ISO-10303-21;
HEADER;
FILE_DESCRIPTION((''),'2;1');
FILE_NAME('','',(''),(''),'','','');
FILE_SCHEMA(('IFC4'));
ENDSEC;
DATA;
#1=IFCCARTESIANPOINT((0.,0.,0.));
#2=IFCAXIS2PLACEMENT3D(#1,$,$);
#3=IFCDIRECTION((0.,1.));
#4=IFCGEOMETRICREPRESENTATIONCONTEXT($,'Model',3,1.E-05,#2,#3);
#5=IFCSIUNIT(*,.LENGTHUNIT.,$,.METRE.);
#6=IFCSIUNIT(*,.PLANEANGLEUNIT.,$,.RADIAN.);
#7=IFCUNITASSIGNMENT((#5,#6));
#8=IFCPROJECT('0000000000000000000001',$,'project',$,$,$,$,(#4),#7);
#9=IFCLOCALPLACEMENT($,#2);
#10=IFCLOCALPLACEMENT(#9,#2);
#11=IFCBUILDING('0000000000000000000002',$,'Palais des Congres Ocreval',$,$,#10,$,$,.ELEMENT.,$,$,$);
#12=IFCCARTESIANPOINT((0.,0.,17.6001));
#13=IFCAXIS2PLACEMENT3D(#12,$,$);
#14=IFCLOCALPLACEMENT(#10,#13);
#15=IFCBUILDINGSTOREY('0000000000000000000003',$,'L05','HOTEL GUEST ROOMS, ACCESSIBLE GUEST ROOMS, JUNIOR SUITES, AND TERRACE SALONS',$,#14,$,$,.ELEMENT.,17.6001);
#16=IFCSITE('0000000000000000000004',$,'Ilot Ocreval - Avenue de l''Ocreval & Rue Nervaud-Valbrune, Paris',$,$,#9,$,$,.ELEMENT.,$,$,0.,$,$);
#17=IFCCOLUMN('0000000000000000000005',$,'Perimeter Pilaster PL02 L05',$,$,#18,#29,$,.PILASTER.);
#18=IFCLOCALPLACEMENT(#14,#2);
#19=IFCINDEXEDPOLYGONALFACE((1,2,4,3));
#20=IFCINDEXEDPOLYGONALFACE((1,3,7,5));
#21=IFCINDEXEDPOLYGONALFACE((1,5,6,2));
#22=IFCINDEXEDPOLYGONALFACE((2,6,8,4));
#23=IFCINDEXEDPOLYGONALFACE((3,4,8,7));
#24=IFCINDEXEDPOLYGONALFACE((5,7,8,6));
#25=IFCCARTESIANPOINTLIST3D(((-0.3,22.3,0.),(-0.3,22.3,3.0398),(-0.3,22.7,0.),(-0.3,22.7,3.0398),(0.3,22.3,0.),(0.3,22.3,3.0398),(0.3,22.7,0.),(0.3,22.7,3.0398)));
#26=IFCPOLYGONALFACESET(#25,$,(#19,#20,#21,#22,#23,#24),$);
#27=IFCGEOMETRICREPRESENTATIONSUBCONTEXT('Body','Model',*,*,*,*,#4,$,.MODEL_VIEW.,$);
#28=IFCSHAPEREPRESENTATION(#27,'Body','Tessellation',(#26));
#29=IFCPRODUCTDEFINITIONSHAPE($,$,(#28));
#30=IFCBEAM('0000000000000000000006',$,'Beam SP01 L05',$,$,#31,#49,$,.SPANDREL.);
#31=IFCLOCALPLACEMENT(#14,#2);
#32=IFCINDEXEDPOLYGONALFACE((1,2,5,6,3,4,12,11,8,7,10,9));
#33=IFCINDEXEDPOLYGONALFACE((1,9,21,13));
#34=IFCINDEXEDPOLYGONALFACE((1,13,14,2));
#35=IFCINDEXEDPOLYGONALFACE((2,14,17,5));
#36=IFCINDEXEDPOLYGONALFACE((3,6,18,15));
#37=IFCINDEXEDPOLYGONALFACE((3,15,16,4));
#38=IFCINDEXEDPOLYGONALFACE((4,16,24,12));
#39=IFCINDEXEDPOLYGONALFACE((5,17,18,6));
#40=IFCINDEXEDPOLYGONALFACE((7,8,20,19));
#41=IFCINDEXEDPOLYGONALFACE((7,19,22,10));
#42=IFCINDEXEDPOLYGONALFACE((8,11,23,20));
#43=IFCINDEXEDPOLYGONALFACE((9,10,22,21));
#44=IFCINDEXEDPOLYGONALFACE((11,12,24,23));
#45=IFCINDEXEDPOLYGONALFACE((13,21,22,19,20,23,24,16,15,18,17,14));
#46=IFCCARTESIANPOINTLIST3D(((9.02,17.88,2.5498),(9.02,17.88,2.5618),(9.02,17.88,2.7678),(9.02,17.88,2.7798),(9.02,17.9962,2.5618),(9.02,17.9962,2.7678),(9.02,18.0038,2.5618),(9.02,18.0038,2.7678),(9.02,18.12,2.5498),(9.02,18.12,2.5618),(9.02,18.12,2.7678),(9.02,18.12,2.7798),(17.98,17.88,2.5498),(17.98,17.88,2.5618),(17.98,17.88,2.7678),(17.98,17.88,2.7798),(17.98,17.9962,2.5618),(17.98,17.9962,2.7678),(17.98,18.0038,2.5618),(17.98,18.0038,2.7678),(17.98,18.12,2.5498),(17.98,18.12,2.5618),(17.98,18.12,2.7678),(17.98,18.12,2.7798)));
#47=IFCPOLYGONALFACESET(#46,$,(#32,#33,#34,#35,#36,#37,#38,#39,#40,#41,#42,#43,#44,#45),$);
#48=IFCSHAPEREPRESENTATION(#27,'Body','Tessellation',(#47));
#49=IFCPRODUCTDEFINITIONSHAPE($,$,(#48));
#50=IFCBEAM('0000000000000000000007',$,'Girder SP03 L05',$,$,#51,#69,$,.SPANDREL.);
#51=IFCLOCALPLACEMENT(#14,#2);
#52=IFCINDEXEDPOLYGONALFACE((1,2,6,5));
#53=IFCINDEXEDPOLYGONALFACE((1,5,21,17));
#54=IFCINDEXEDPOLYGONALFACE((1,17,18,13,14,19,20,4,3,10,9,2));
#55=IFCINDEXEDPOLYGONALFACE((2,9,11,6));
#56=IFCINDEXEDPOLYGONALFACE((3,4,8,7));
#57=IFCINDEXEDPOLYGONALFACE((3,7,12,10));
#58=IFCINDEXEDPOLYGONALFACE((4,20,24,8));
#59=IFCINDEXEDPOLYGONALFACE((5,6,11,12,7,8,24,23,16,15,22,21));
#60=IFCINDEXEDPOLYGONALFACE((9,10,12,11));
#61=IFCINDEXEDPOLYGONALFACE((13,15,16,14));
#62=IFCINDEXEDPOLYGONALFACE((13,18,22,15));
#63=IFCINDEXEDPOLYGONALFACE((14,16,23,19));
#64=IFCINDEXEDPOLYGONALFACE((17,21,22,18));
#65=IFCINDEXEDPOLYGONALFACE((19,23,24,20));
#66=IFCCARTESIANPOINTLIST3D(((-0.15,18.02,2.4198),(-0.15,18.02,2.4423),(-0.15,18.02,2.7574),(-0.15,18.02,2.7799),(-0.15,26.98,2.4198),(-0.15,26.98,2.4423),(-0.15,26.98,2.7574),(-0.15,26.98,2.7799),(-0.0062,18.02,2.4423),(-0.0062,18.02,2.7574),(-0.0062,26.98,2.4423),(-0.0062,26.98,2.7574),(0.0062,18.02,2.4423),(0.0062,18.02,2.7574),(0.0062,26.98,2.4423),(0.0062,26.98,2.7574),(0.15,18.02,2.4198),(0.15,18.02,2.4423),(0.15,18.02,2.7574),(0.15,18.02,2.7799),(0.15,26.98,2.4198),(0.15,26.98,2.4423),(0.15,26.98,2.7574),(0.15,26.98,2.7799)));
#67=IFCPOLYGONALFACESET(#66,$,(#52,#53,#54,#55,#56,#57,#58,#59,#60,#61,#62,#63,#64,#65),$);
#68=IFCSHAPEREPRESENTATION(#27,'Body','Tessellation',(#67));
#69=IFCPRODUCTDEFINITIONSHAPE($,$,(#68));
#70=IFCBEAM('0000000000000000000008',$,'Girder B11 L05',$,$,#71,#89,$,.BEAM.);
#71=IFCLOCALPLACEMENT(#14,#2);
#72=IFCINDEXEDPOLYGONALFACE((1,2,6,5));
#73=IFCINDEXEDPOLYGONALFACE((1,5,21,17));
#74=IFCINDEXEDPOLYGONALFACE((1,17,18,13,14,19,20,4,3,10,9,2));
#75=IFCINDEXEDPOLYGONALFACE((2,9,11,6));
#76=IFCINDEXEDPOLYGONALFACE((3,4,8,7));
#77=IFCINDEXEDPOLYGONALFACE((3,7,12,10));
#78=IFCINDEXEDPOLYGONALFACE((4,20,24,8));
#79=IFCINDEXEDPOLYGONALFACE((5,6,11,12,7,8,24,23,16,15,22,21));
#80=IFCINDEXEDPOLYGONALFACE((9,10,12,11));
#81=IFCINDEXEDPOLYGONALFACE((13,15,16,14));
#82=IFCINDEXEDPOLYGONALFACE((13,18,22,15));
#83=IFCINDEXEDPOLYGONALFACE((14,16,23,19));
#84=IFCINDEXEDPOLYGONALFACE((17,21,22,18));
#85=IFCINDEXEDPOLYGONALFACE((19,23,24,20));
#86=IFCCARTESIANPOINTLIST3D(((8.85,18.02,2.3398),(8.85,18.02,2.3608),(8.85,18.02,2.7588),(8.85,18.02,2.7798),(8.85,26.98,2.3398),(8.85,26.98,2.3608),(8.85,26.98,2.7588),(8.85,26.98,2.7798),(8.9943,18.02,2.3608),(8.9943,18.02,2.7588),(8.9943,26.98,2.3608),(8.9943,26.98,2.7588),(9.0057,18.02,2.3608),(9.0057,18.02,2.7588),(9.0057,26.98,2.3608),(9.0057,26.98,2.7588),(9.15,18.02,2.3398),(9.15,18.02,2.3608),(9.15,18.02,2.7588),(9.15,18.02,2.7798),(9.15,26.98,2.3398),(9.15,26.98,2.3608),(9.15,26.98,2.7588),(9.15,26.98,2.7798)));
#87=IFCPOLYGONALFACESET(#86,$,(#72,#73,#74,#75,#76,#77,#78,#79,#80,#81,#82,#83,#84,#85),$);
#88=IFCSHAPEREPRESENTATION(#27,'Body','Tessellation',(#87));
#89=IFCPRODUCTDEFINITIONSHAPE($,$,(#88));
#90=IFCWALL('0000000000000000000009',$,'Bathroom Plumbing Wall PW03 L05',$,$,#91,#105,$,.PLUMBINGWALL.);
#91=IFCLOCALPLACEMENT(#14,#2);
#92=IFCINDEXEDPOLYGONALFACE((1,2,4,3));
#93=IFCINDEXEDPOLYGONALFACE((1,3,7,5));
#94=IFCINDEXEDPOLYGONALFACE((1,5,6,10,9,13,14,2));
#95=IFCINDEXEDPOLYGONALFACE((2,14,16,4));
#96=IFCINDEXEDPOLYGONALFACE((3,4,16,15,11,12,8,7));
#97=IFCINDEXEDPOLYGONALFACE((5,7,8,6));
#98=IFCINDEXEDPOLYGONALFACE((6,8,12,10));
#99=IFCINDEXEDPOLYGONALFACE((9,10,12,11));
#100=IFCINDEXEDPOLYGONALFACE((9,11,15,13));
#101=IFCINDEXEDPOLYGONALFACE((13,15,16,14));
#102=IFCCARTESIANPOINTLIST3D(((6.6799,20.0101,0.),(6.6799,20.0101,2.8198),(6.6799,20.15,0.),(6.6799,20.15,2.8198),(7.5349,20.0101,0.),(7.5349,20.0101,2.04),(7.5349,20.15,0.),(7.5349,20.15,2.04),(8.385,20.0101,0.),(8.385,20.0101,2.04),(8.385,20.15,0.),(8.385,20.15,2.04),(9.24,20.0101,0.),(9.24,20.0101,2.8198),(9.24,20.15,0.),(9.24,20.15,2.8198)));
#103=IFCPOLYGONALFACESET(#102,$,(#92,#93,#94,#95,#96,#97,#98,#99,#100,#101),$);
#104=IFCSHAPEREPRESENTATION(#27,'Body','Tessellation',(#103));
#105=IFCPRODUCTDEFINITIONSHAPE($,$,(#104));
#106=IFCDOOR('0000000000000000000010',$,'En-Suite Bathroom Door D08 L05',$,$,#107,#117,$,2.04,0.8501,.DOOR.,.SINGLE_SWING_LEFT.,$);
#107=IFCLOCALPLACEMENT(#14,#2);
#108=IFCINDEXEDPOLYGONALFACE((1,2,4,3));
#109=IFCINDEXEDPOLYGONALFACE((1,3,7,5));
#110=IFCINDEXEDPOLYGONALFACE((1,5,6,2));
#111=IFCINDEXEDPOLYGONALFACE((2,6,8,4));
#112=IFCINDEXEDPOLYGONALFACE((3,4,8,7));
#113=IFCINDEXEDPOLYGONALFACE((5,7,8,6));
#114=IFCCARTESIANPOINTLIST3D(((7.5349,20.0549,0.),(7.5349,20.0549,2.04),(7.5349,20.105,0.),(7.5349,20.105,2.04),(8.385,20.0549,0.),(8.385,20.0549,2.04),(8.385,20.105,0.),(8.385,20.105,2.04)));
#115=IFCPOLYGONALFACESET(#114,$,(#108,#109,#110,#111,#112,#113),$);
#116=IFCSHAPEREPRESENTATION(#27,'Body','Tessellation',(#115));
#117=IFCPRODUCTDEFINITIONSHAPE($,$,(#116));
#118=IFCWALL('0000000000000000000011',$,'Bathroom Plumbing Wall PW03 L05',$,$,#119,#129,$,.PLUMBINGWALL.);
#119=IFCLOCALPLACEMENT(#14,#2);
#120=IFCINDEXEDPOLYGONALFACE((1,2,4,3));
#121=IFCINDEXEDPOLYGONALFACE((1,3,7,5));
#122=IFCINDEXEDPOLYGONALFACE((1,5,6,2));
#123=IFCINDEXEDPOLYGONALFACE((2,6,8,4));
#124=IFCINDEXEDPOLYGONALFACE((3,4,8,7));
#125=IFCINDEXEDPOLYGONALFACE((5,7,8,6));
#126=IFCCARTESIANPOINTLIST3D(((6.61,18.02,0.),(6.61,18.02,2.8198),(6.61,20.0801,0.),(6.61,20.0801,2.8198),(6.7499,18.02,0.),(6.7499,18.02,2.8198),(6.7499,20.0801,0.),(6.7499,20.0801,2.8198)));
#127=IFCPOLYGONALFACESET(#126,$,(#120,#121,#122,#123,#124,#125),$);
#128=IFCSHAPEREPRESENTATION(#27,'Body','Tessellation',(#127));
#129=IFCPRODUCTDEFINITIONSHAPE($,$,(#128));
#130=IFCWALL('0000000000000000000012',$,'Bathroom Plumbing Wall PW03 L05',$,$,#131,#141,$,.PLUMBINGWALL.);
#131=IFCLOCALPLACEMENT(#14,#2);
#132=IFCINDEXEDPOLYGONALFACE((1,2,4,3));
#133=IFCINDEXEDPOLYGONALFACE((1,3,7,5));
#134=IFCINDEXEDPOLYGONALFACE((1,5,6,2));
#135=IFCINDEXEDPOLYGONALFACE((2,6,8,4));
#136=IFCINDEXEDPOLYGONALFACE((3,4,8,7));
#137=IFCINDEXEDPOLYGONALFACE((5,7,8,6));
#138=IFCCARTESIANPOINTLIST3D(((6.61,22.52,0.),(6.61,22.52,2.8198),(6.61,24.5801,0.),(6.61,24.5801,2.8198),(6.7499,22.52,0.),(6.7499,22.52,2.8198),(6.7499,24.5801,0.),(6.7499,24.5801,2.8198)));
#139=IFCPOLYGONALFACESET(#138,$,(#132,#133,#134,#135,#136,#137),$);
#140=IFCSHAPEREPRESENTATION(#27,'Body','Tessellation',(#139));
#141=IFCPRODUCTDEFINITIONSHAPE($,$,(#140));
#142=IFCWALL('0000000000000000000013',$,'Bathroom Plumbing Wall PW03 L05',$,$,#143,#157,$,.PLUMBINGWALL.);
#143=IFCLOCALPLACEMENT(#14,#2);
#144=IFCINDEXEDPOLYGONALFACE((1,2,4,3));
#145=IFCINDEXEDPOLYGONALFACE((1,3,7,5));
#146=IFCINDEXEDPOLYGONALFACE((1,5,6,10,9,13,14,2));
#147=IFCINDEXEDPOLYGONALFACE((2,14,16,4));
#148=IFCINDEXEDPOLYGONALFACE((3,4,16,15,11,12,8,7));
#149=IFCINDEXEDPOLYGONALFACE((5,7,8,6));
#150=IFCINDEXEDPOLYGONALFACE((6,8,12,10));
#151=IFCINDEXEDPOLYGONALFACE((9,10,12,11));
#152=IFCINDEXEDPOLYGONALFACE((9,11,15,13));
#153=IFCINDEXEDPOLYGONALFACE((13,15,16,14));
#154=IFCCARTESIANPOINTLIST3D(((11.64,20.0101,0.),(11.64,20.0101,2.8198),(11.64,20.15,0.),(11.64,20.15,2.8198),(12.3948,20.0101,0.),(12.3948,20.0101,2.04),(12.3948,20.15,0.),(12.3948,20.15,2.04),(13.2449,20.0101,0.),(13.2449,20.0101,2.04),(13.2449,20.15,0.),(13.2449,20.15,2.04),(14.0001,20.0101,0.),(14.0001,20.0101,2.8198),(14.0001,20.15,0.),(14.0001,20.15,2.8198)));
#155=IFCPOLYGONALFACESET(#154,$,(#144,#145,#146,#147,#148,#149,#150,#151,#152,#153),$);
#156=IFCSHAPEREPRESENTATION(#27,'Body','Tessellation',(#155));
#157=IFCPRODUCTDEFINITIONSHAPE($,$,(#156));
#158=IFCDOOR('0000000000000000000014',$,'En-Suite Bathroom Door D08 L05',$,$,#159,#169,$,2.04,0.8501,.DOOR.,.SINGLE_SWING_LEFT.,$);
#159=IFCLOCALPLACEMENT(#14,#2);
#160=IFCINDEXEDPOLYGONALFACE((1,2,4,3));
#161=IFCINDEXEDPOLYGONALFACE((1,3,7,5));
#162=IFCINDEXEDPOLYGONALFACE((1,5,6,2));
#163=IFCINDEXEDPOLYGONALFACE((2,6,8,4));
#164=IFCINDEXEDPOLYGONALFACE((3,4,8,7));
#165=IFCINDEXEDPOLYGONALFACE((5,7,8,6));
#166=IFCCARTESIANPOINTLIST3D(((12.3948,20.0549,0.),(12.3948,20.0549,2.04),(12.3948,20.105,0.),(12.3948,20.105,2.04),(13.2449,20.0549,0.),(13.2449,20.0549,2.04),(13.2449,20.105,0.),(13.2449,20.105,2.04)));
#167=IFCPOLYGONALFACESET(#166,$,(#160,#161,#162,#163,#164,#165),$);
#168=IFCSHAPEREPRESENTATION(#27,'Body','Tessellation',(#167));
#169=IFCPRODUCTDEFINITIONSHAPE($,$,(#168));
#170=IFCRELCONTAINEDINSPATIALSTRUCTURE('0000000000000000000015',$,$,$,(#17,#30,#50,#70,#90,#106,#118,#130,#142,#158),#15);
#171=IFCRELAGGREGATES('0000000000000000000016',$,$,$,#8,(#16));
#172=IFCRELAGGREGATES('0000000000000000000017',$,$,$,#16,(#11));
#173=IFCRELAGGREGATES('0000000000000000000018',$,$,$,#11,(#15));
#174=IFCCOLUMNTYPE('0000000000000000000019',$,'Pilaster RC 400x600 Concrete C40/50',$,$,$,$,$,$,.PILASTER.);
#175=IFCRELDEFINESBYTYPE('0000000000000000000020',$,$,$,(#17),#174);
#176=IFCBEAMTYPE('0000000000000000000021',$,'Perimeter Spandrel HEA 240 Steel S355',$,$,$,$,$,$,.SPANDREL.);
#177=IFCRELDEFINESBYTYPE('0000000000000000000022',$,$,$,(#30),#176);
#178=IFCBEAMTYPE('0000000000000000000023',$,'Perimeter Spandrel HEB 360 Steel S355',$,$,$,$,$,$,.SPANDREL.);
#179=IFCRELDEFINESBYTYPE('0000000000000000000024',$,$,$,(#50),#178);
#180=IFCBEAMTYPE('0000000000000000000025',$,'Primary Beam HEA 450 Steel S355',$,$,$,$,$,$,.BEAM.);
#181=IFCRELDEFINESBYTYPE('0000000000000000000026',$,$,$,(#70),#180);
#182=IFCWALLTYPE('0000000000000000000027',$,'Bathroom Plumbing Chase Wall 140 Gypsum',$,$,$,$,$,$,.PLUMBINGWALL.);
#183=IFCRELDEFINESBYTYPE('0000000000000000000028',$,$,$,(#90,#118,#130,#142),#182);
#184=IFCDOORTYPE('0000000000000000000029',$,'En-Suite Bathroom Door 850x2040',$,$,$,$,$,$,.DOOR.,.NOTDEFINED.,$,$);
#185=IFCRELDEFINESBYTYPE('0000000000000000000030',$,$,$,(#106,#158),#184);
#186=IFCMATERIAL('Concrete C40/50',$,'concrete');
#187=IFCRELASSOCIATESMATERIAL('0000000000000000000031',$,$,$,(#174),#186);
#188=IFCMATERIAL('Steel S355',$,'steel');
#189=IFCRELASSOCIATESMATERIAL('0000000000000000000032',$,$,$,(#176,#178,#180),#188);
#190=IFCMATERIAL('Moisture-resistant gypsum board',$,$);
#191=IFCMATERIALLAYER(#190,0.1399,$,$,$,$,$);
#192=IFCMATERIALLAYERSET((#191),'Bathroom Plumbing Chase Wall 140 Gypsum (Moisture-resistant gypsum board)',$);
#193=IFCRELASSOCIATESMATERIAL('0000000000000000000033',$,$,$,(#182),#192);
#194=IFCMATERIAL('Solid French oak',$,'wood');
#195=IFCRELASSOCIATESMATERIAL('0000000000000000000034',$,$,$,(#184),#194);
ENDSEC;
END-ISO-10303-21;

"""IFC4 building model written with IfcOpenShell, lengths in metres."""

from ifc_helpers import new_model, si_unit, direction, frame, frame_2d, origin, origin_2d, place, context, subcontext, project, spatial, rectangle, i_section, extrude, material, layer, layer_set, material_profile, profile_set, type_object, element, fill, save


model = new_model("IFC4")

# Units and contexts
model_context = context("Model", 3, precision=1e-05, world=origin(), true_north=direction((0.0, 1.0)))
body_context = subcontext(model_context, "Body", "Model", "MODEL_VIEW")
ifc_project = project(units=[si_unit("LENGTHUNIT", "METRE"), si_unit("PLANEANGLEUNIT", "RADIAN")], contexts=[model_context])

# Site, building, storey
site_placement = place(None, origin())
site = spatial("IfcSite", under=ifc_project, at=site_placement, Name="Ilot Ocreval - Avenue de l'Ocreval & Rue Nervaud-Valbrune, Paris", CompositionType="ELEMENT", RefElevation=0.0)
building_placement = place(site_placement, origin())
building = spatial("IfcBuilding", under=site, at=building_placement, Name="Palais des Congres Ocreval", CompositionType="ELEMENT")
storey_placement = place(building_placement, frame((0.0, 0.0, 17.6001)))
storey = spatial("IfcBuildingStorey", under=building, at=storey_placement, Name="L05", Description="HOTEL GUEST ROOMS, ACCESSIBLE GUEST ROOMS, JUNIOR SUITES, AND TERRACE SALONS", CompositionType="ELEMENT", Elevation=17.6001)

# Column
ifc_material_1 = material(Name="Concrete C40/50", Category="concrete")
ifc_material_profile_1 = material_profile(ifc_material_1, rectangle(XDim=0.3999, YDim=0.6001, at=origin_2d()), Name="RC 400x600")
ifc_profile_set_1 = profile_set([ifc_material_profile_1], Name="Concrete C40/50")
column_type = type_object("IfcColumnType", Name="Pilaster RC 400x600 Concrete C40/50", PredefinedType="PILASTER", material=ifc_profile_set_1)
column_placement = place(storey_placement, frame((0.0, 22.5, 0.0), z_axis=(0.0, 0.0, 1.0), x_axis=(0.0, 1.0, 0.0)))
element("IfcColumn", 1, at=column_placement, inside=storey, type_object=column_type, Name="Perimeter Pilaster PL02 L05", PredefinedType="PILASTER", context=body_context, shape_type="SweptSolid", body=[
    extrude(rectangle(XDim=0.3999, YDim=0.6001, at=origin_2d()), origin(), (0.0, 0.0, 1.0), 3.0398),
])

# Beams
ifc_material_2 = material(Name="Steel S355", Category="steel")
ifc_material_profile_2 = material_profile(ifc_material_2, i_section(OverallWidth=0.24, OverallDepth=0.23, WebThickness=0.0076, FlangeThickness=0.012, at=origin_2d()), Name="HEA 240")
ifc_profile_set_2 = profile_set([ifc_material_profile_2], Name="Steel S355")
beam_type_1 = type_object("IfcBeamType", Name="Perimeter Spandrel HEA 240 Steel S355", PredefinedType="SPANDREL", material=ifc_profile_set_2)
beam_1_placement = place(storey_placement, frame((9.02, 18.0, 2.6648), z_axis=(1.0, 0.0, 0.0), x_axis=(0.0, 1.0, 0.0)))
element("IfcBeam", 2, at=beam_1_placement, inside=storey, type_object=beam_type_1, Name="Beam SP01 L05", PredefinedType="SPANDREL", context=body_context, shape_type="SweptSolid", body=[
    extrude(i_section(OverallWidth=0.24, OverallDepth=0.23, WebThickness=0.0076, FlangeThickness=0.012, at=origin_2d()), origin(), (0.0, 0.0, 1.0), 8.96),
])
ifc_material_profile_3 = material_profile(ifc_material_2, i_section(OverallWidth=0.3, OverallDepth=0.3601, WebThickness=0.0125, FlangeThickness=0.0225, at=origin_2d()), Name="HEB 360")
ifc_profile_set_3 = profile_set([ifc_material_profile_3], Name="Steel S355")
beam_type_2 = type_object("IfcBeamType", Name="Perimeter Spandrel HEB 360 Steel S355", PredefinedType="SPANDREL", material=ifc_profile_set_3)
beam_2_placement = place(storey_placement, frame((0.0, 18.02, 2.5999), z_axis=(0.0, 1.0, 0.0), x_axis=(-1.0, 0.0, 0.0)))
element("IfcBeam", 3, at=beam_2_placement, inside=storey, type_object=beam_type_2, Name="Girder SP03 L05", PredefinedType="SPANDREL", context=body_context, shape_type="SweptSolid", body=[
    extrude(i_section(OverallWidth=0.3, OverallDepth=0.3601, WebThickness=0.0125, FlangeThickness=0.0225, at=origin_2d()), origin(), (0.0, 0.0, 1.0), 8.96),
])
ifc_material_profile_4 = material_profile(ifc_material_2, i_section(OverallWidth=0.3, OverallDepth=0.4399, WebThickness=0.0115, FlangeThickness=0.021, at=origin_2d()), Name="HEA 450")
ifc_profile_set_4 = profile_set([ifc_material_profile_4], Name="Steel S355")
beam_type_3 = type_object("IfcBeamType", Name="Primary Beam HEA 450 Steel S355", PredefinedType="BEAM", material=ifc_profile_set_4)
beam_3_placement = place(storey_placement, frame((9.0, 18.02, 2.5598), z_axis=(0.0, 1.0, 0.0), x_axis=(-1.0, 0.0, 0.0)))
element("IfcBeam", 4, at=beam_3_placement, inside=storey, type_object=beam_type_3, Name="Girder B11 L05", PredefinedType="BEAM", context=body_context, shape_type="SweptSolid", body=[
    extrude(i_section(OverallWidth=0.3, OverallDepth=0.4399, WebThickness=0.0115, FlangeThickness=0.021, at=origin_2d()), origin(), (0.0, 0.0, 1.0), 8.96),
])

# Wall, opening, door
ifc_material_3 = material(Name="Moisture-resistant gypsum board")
ifc_layer_1 = layer(ifc_material_3, 0.1399)
ifc_layer_set_1 = layer_set([ifc_layer_1], Name="Bathroom Plumbing Chase Wall 140 Gypsum (Moisture-resistant gypsum board)")
wall_type_1 = type_object("IfcWallType", Name="Bathroom Plumbing Chase Wall 140 Gypsum", PredefinedType="PLUMBINGWALL", material=ifc_layer_set_1)
wall_1_placement = place(storey_placement, frame((6.6799, 20.0801, 0.0), z_axis=(0.0, 0.0, 1.0), x_axis=(1.0, 0.0, 0.0)))
wall_1 = element("IfcWall", 5, at=wall_1_placement, inside=storey, type_object=wall_type_1, Name="Bathroom Plumbing Wall PW03 L05", PredefinedType="PLUMBINGWALL", context=body_context, shape_type="SweptSolid", body=[
    extrude(rectangle(XDim=2.5601, YDim=0.1399, at=frame_2d((1.28, 0.0))), origin(), (0.0, 0.0, 1.0), 2.8198),
])
opening_1_placement = place(wall_1_placement, frame((0.855, 0.0, 0.0)))
opening_1 = element("IfcOpeningElement", 6, at=opening_1_placement, cuts=wall_1, PredefinedType="OPENING", context=body_context, shape_type="SweptSolid", body=[
    extrude(rectangle(XDim=0.8501, YDim=2.04, at=frame_2d((0.425, 1.02))), frame((0.0, 0.0798, 0.0), z_axis=(0.0, -1.0, 0.0), x_axis=(1.0, 0.0, 0.0)), (0.0, 0.0, 1.0), 0.1599),
])
ifc_material_4 = material(Name="Solid French oak", Category="wood")
door_type_1 = type_object("IfcDoorType", Name="En-Suite Bathroom Door 850x2040", OperationType="NOTDEFINED", PredefinedType="DOOR", material=ifc_material_4)
door_1_placement = place(opening_1_placement, origin())
door_1 = element("IfcDoor", 7, at=door_1_placement, inside=storey, type_object=door_type_1, Name="En-Suite Bathroom Door D08 L05", OperationType="SINGLE_SWING_LEFT", OverallHeight=2.04, OverallWidth=0.8501, PredefinedType="DOOR", context=body_context, shape_type="SweptSolid", body=[
    extrude(rectangle(XDim=0.8501, YDim=2.04, at=frame_2d((0.425, 1.02))), frame((0.0, 0.0249, 0.0), z_axis=(0.0, -1.0, 0.0), x_axis=(1.0, 0.0, 0.0)), (0.0, 0.0, 1.0), 0.05),
])
fill(opening_1, door_1)

# Walls
for number, where, z_axis, x_axis, name in (
    (8, (6.6799, 18.02, 0.0), (0.0, 0.0, 1.0), (0.0, 1.0, 0.0), "Bathroom Plumbing Wall PW03 L05"),
    (9, (6.6799, 22.52, 0.0), (0.0, 0.0, 1.0), (0.0, 1.0, 0.0), "Bathroom Plumbing Wall PW03 L05"),
):
    element("IfcWall", number, at=place(storey_placement, frame(where, z_axis=z_axis, x_axis=x_axis)), inside=storey, type_object=wall_type_1, Name=name, PredefinedType="PLUMBINGWALL", context=body_context, shape_type="SweptSolid", body=[
        extrude(rectangle(XDim=2.0601, YDim=0.1399, at=frame_2d((1.03, 0.0))), origin(), (0.0, 0.0, 1.0), 2.8198),
    ])

# Wall, opening, door
wall_2_placement = place(storey_placement, frame((11.6399, 20.0801, 0.0), z_axis=(0.0, 0.0, 1.0), x_axis=(1.0, 0.0, 0.0)))
wall_2 = element("IfcWall", 10, at=wall_2_placement, inside=storey, type_object=wall_type_1, Name="Bathroom Plumbing Wall PW03 L05", PredefinedType="PLUMBINGWALL", context=body_context, shape_type="SweptSolid", body=[
    extrude(rectangle(XDim=2.3601, YDim=0.1399, at=frame_2d((1.1802, 0.0))), origin(), (0.0, 0.0, 1.0), 2.8198),
])
opening_2_placement = place(wall_2_placement, frame((0.7549, 0.0, 0.0)))
opening_2 = element("IfcOpeningElement", 11, at=opening_2_placement, cuts=wall_2, PredefinedType="OPENING", context=body_context, shape_type="SweptSolid", body=[
    extrude(rectangle(XDim=0.8501, YDim=2.04, at=frame_2d((0.425, 1.02))), frame((0.0, 0.0798, 0.0), z_axis=(0.0, -1.0, 0.0), x_axis=(1.0, 0.0, 0.0)), (0.0, 0.0, 1.0), 0.1599),
])
door_2_placement = place(opening_2_placement, origin())
door_2 = element("IfcDoor", 12, at=door_2_placement, inside=storey, type_object=door_type_1, Name="En-Suite Bathroom Door D08 L05", OperationType="SINGLE_SWING_LEFT", OverallHeight=2.04, OverallWidth=0.8501, PredefinedType="DOOR", context=body_context, shape_type="SweptSolid", body=[
    extrude(rectangle(XDim=0.8501, YDim=2.04, at=frame_2d((0.425, 1.02))), frame((0.0, 0.0249, 0.0), z_axis=(0.0, -1.0, 0.0), x_axis=(1.0, 0.0, 0.0)), (0.0, 0.0, 1.0), 0.05),
])
fill(opening_2, door_2)

save(model, "model.ifc")
